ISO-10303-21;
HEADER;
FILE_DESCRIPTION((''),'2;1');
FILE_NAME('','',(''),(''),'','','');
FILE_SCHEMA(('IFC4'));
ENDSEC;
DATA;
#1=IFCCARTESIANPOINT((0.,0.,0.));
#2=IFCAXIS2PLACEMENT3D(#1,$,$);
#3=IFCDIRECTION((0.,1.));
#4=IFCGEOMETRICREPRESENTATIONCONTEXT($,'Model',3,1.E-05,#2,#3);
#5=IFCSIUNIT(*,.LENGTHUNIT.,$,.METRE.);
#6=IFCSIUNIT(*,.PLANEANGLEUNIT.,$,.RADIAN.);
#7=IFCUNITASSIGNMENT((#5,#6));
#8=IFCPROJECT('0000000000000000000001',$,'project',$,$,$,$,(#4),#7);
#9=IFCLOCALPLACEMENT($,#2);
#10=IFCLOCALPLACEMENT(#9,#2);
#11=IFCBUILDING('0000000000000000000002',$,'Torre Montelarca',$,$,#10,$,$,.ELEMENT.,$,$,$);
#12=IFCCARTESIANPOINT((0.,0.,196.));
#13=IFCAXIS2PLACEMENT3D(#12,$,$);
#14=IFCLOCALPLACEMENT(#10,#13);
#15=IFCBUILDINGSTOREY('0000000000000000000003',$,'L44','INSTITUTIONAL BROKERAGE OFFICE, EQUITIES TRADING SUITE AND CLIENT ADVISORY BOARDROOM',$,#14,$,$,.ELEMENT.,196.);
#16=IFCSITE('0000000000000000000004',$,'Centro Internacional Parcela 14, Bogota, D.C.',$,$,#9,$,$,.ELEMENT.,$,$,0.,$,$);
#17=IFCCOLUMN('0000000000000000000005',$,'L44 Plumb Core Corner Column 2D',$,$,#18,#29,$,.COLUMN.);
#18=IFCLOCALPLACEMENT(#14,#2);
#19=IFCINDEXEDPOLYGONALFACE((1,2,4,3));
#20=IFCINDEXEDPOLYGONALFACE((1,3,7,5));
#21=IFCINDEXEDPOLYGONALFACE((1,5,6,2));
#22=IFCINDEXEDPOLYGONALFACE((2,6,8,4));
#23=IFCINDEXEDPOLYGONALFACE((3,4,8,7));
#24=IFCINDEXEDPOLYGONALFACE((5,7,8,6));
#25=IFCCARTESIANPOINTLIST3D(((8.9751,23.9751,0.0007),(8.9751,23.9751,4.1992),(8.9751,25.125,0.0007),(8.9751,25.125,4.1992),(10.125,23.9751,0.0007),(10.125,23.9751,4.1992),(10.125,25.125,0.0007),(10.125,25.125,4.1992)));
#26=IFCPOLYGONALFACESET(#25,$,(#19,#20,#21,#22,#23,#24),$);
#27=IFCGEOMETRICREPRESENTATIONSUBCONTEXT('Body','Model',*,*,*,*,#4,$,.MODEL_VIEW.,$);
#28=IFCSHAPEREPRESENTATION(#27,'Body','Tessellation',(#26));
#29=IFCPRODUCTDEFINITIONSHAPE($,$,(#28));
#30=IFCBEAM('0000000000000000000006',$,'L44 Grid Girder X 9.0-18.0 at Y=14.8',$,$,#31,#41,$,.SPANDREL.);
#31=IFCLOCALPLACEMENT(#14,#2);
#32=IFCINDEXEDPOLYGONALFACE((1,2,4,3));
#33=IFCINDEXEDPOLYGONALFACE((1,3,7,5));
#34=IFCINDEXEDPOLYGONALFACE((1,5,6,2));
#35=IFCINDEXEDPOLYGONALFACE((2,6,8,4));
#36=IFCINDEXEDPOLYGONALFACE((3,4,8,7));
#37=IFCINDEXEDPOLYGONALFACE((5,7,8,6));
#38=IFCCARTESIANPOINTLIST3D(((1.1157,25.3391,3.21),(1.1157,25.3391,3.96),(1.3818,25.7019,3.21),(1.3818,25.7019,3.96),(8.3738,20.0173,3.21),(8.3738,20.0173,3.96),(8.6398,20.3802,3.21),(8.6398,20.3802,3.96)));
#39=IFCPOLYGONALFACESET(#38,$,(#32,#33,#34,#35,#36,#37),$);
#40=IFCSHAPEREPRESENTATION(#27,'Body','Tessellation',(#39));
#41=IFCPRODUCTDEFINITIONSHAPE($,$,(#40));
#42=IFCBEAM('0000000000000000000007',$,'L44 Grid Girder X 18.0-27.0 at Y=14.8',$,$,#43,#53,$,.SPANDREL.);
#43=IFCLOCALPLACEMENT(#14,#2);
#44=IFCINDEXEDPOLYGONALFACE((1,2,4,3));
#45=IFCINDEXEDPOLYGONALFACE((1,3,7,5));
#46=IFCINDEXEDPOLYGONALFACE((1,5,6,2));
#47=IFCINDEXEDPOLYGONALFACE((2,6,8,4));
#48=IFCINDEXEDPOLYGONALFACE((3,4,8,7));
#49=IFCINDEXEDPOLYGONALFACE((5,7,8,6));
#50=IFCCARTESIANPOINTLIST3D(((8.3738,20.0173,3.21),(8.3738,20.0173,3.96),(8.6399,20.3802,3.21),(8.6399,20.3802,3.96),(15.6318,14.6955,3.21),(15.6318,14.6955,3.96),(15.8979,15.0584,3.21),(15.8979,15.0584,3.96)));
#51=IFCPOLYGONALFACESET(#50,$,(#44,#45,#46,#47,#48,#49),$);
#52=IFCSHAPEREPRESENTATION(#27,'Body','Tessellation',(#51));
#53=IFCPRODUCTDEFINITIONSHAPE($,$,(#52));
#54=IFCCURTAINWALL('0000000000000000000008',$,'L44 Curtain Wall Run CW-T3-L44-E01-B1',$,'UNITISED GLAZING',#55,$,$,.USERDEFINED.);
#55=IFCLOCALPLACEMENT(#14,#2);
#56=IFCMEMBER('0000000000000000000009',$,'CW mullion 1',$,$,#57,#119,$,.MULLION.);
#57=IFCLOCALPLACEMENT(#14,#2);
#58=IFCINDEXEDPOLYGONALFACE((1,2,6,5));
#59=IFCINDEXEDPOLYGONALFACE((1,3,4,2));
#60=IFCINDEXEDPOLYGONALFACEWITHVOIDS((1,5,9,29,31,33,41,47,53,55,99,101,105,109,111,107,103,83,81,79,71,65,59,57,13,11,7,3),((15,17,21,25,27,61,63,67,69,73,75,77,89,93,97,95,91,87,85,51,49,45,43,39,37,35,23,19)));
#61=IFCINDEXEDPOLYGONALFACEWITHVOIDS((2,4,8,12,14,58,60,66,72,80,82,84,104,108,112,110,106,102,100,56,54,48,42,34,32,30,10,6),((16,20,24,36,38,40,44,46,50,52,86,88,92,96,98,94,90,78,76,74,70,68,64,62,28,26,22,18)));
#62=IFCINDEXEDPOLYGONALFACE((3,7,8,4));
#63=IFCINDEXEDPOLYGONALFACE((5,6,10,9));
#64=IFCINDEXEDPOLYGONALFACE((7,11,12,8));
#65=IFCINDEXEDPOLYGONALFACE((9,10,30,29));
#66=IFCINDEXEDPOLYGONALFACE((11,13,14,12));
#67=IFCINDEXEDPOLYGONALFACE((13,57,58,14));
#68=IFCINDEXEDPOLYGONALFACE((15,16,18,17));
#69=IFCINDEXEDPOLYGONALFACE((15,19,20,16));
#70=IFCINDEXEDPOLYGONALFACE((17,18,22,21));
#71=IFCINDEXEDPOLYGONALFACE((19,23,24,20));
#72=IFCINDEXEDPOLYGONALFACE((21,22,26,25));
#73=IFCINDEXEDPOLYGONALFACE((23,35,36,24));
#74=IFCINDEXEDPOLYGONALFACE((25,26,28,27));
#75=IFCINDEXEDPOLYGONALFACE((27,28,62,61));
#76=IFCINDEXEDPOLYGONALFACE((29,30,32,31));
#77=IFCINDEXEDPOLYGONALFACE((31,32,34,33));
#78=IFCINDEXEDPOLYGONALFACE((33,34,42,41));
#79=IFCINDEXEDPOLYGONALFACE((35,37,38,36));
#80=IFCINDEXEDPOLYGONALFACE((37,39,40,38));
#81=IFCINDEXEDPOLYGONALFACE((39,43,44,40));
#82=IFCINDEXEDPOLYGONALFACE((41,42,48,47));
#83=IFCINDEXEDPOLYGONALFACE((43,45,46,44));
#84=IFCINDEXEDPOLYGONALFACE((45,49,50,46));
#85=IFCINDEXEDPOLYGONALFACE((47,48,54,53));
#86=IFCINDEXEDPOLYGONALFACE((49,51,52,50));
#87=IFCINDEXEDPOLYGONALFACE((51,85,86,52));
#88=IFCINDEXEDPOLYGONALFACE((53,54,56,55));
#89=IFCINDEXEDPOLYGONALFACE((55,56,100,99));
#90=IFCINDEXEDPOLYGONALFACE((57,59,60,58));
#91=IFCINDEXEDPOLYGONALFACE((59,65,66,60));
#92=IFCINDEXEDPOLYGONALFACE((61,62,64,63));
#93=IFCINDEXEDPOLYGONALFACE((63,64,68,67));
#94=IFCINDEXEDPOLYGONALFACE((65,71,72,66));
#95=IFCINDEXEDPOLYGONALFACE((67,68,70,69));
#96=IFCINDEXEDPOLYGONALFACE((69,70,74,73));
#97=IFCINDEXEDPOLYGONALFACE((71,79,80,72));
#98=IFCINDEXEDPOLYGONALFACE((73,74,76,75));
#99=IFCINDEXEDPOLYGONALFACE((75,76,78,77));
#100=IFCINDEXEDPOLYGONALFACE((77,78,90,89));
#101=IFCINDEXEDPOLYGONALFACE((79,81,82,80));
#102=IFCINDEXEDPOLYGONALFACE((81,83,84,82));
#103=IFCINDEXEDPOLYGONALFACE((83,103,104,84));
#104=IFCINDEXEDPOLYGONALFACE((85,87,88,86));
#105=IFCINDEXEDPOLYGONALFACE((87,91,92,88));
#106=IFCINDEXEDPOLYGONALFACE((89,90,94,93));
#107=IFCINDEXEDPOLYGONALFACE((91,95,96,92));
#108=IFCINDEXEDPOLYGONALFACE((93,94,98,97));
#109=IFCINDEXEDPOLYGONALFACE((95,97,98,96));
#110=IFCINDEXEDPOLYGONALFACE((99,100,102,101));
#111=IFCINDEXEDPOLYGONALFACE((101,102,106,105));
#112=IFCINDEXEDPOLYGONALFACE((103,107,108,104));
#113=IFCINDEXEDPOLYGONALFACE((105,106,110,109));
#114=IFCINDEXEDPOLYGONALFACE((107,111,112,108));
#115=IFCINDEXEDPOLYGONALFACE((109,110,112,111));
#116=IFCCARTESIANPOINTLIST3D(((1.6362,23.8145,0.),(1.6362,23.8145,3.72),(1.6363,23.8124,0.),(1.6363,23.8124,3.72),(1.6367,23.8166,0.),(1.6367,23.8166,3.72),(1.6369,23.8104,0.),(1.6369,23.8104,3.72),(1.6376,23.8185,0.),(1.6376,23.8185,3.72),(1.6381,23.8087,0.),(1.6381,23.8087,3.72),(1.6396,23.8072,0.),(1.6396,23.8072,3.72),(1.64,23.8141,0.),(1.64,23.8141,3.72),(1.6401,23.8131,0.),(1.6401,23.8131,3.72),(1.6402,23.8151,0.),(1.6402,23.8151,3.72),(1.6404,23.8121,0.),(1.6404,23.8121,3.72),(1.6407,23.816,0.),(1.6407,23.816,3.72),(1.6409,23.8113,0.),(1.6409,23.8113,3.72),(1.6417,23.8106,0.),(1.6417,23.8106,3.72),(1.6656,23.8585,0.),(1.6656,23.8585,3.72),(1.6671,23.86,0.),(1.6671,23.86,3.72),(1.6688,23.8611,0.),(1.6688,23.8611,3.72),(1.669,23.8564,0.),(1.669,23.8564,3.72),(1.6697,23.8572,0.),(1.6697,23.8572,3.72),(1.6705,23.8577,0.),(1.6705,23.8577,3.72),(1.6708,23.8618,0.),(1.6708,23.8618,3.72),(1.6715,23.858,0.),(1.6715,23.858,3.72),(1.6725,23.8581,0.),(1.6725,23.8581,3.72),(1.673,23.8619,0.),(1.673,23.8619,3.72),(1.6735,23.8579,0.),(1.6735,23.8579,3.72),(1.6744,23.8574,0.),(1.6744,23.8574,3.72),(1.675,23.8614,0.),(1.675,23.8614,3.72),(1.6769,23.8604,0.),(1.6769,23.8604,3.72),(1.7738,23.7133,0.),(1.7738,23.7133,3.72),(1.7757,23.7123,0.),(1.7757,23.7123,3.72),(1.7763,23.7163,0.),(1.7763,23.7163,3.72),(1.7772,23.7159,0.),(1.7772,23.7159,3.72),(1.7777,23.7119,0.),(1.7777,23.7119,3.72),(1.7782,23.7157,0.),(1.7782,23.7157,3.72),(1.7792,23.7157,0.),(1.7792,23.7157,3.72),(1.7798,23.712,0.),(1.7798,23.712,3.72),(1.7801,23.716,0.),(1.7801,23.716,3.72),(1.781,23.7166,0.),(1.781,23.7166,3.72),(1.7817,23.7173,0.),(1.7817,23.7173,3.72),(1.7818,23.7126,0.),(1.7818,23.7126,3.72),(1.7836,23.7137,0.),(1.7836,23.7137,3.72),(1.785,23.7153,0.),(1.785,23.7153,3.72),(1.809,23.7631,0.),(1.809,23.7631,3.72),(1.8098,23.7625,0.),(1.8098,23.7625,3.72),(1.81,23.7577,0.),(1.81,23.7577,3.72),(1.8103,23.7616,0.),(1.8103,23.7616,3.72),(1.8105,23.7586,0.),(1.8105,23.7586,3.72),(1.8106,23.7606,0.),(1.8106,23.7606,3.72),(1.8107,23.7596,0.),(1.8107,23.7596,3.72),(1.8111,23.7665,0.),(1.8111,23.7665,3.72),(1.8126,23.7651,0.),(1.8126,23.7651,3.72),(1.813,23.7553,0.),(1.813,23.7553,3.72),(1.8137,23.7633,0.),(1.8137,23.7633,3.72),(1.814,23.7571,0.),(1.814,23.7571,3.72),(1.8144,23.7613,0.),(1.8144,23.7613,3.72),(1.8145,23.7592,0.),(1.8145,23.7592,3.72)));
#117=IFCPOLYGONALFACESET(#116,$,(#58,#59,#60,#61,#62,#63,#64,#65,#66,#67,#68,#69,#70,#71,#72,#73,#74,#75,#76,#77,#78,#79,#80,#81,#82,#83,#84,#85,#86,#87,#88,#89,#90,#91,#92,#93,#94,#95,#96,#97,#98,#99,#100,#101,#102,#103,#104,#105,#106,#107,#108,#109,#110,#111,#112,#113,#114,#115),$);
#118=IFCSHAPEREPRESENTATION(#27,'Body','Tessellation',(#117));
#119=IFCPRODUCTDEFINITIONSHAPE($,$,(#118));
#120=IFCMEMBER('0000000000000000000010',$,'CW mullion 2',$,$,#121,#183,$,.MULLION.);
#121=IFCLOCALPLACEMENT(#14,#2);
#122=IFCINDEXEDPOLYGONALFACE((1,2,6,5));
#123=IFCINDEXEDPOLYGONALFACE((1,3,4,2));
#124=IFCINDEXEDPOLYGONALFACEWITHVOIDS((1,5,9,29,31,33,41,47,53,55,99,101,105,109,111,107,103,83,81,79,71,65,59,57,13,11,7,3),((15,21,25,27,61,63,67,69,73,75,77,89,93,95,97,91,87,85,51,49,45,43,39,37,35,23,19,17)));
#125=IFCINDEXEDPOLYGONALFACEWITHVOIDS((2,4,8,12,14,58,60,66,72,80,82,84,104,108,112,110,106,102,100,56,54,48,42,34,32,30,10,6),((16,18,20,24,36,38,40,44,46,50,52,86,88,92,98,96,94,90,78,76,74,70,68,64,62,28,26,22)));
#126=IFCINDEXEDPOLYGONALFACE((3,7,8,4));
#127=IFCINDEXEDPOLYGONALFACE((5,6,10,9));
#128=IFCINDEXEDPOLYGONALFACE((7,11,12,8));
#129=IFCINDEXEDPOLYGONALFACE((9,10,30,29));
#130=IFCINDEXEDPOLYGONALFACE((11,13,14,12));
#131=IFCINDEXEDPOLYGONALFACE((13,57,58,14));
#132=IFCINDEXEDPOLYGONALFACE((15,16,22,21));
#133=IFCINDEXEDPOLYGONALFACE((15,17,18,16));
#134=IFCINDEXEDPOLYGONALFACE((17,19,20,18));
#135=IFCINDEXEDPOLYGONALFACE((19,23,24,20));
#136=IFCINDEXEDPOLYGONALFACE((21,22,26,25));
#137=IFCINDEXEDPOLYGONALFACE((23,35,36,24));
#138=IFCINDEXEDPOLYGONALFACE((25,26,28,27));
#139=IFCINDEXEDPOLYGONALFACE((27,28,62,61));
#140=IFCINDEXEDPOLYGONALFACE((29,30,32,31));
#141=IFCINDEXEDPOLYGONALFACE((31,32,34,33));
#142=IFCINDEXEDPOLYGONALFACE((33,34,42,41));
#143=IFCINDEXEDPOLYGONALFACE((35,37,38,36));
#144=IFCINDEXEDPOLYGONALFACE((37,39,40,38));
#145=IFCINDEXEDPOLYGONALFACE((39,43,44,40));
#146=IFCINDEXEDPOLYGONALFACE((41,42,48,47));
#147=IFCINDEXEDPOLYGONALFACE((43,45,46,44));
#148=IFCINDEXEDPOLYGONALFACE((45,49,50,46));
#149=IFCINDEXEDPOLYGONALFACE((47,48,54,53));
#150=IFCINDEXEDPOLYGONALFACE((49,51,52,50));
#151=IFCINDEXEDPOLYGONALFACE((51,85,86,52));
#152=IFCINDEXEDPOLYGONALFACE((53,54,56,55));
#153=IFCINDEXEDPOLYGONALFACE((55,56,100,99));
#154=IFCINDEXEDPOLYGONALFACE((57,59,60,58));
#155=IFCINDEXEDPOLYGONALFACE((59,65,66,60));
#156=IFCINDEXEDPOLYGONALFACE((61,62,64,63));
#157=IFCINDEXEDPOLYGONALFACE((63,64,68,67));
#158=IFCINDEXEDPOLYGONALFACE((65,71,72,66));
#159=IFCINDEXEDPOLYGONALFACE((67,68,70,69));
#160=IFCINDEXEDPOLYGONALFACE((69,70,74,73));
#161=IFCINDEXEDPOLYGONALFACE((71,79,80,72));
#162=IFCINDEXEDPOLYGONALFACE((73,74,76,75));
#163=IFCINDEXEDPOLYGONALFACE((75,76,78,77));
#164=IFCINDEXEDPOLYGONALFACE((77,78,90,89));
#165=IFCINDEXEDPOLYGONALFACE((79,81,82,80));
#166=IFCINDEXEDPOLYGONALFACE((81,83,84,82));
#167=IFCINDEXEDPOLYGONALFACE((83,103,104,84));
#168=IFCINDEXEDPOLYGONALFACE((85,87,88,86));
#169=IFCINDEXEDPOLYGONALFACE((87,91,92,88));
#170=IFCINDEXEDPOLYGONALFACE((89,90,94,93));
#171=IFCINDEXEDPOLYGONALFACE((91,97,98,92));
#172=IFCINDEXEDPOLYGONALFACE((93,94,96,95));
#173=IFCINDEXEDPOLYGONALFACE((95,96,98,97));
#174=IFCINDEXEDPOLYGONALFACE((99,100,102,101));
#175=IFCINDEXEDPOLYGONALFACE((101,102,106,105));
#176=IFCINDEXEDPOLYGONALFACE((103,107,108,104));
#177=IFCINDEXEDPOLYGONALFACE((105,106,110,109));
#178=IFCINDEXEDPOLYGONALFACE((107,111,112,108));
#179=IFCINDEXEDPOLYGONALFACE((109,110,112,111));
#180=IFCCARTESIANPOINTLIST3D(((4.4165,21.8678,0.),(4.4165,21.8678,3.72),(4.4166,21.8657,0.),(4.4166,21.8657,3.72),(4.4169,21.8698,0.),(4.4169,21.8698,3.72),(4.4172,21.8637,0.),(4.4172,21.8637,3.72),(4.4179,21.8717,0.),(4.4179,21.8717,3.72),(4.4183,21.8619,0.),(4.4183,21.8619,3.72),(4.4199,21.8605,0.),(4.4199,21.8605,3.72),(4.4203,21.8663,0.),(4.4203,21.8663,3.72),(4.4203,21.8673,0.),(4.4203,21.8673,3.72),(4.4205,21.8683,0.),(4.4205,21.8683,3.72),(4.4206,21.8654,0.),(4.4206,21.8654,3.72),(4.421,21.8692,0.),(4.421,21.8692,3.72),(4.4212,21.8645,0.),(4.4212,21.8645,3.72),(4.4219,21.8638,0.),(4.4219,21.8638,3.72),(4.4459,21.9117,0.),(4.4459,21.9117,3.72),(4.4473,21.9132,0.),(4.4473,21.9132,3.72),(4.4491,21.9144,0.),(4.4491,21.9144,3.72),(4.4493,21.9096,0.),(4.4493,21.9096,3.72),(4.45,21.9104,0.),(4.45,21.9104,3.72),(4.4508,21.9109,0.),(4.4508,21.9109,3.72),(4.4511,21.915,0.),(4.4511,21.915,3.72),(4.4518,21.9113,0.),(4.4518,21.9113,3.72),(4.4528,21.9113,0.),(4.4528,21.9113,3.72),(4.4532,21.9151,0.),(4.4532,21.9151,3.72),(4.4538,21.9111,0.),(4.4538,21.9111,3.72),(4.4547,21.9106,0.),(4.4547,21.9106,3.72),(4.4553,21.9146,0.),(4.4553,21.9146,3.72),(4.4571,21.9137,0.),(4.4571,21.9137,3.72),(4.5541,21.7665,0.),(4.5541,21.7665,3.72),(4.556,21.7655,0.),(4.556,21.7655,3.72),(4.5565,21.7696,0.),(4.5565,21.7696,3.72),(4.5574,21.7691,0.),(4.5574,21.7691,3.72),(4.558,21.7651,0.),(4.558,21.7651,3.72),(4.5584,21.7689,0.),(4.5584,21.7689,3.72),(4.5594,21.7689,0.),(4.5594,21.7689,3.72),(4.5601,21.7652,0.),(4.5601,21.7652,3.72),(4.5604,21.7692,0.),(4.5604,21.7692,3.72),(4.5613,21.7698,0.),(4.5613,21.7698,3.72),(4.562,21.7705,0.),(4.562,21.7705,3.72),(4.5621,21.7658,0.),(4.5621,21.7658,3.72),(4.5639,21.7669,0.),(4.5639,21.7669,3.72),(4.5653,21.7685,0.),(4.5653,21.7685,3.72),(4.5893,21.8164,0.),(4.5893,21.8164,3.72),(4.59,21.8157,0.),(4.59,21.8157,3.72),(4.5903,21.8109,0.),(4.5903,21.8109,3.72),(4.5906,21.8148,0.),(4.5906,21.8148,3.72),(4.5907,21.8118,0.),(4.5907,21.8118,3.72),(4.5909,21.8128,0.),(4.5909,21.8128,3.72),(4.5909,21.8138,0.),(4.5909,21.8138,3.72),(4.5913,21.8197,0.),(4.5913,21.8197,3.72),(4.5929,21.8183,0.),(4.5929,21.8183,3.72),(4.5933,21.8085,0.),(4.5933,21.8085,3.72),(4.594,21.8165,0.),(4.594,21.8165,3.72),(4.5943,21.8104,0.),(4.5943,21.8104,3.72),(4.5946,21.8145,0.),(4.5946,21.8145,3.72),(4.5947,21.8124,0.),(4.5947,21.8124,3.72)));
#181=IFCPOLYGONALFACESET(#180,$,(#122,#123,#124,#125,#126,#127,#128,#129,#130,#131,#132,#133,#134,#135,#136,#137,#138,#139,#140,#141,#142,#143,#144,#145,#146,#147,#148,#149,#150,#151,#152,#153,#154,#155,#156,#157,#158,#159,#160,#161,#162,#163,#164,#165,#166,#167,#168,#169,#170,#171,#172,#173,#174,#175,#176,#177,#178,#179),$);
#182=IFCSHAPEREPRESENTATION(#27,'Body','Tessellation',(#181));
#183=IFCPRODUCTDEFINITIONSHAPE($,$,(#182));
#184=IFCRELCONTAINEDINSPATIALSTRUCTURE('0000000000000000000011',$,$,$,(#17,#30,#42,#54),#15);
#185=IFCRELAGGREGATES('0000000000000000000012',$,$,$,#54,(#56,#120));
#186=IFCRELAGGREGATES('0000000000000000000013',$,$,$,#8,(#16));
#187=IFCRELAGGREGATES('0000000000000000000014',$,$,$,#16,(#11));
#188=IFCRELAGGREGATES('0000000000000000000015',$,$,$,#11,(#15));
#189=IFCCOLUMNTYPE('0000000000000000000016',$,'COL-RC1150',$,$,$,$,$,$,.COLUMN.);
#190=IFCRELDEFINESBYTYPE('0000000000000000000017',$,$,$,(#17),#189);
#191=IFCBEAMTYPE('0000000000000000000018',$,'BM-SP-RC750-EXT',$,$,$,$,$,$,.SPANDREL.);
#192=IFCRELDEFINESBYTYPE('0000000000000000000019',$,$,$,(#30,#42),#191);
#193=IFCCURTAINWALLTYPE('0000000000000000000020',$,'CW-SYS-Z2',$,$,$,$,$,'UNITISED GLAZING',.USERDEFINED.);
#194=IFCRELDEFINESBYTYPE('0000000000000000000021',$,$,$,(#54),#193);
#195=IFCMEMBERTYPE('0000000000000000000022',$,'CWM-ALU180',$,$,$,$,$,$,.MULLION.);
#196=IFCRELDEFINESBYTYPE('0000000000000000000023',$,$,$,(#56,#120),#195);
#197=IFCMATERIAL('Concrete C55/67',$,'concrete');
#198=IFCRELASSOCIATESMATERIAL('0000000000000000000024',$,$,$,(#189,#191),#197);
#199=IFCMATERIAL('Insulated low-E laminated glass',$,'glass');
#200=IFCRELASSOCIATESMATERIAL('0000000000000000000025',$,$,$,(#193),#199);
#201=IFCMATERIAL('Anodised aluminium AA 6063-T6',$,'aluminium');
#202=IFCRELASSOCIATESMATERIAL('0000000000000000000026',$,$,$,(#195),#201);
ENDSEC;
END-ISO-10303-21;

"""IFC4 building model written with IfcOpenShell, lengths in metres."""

from ifc_helpers import new_model, si_unit, direction, frame, origin, origin_2d, place, context, subcontext, project, spatial, rectangle, hollow_rectangle, extrude, source, transform, mapped, material, material_profile, profile_set, type_object, element, aggregate, save


model = new_model("IFC4")

# Units and contexts
model_context = context("Model", 3, precision=1e-05, world=origin(), true_north=direction((0.0, 1.0)))
body_context = subcontext(model_context, "Body", "Model", "MODEL_VIEW")
ifc_project = project(units=[si_unit("LENGTHUNIT", "METRE"), si_unit("PLANEANGLEUNIT", "RADIAN")], contexts=[model_context])

# Site, building, storey
site_placement = place(None, origin())
site = spatial("IfcSite", under=ifc_project, at=site_placement, Name="Centro Internacional Parcela 14, Bogota, D.C.", CompositionType="ELEMENT", RefElevation=0.0)
building_placement = place(site_placement, origin())
building = spatial("IfcBuilding", under=site, at=building_placement, Name="Torre Montelarca", CompositionType="ELEMENT")
storey_placement = place(building_placement, frame((0.0, 0.0, 196.0)))
storey = spatial("IfcBuildingStorey", under=building, at=storey_placement, Name="L44", Description="INSTITUTIONAL BROKERAGE OFFICE, EQUITIES TRADING SUITE AND CLIENT ADVISORY BOARDROOM", CompositionType="ELEMENT", Elevation=196.0)

# Column
ifc_material_1 = material(Name="Concrete C55/67", Category="concrete")
ifc_material_profile_1 = material_profile(ifc_material_1, rectangle(XDim=1.1499, YDim=1.1499, at=origin_2d()), Name="RC1150X1150", Category="concrete")
ifc_profile_set_1 = profile_set([ifc_material_profile_1], Name="Concrete C55/67")
column_type_1 = type_object("IfcColumnType", Name="COL-RC1150", PredefinedType="COLUMN", material=ifc_profile_set_1)
shared_shape_1 = source(origin(), body_context, "Body", "SweptSolid", [
    extrude(rectangle(XDim=1.1499, YDim=1.1499, at=origin_2d()), origin(), (0.0, 0.0, 1.0), 4.1985),
])
column_1_placement = place(storey_placement, frame((9.55, 24.55, 0.0007), z_axis=(0.0, 0.0, 1.0), x_axis=(1.0, 0.0, 0.0)))
element("IfcColumn", 1, at=column_1_placement, inside=storey, type_object=column_type_1, Name="L44 Plumb Core Corner Column 2D", PredefinedType="COLUMN", context=body_context, shape_type="MappedRepresentation", body=[
    mapped(shared_shape_1, transform((0.0, 0.0, 0.0), scale=1.0)),
])

# Beams
ifc_material_profile_2 = material_profile(ifc_material_1, rectangle(XDim=0.45, YDim=0.75, at=origin_2d()), Name="RCB450X750", Category="concrete")
ifc_profile_set_2 = profile_set([ifc_material_profile_2], Name="Concrete C55/67")
beam_type = type_object("IfcBeamType", Name="BM-SP-RC750-EXT", PredefinedType="SPANDREL", material=ifc_profile_set_2)
shared_shape_2 = source(origin(), body_context, "Body", "SweptSolid", [
    extrude(rectangle(XDim=0.45, YDim=0.75, at=origin_2d()), origin(), (0.0, 0.0, 1.0), 9.0),
])
for number, where, z_axis, x_axis, name in (
    (2, (1.2488, 25.5205, 3.585), (0.806447, -0.591306, 0.0), (0.591306, 0.806447, 0.0), "L44 Grid Girder X 9.0-18.0 at Y=14.8"),
    (3, (8.5068, 20.1987, 3.585), (0.806447, -0.591306, 0.0), (0.591306, 0.806447, 0.0), "L44 Grid Girder X 18.0-27.0 at Y=14.8"),
):
    element("IfcBeam", number, at=place(storey_placement, frame(where, z_axis=z_axis, x_axis=x_axis)), inside=storey, type_object=beam_type, Name=name, PredefinedType="SPANDREL", context=body_context, shape_type="MappedRepresentation", body=[
        mapped(shared_shape_2, transform((0.0, 0.0, 0.0), scale=1.0)),
    ])

# Curtain wall, members
ifc_material_2 = material(Name="Insulated low-E laminated glass", Category="glass")
curtain_wall_type = type_object("IfcCurtainWallType", Name="CW-SYS-Z2", ElementType="UNITISED GLAZING", PredefinedType="USERDEFINED", material=ifc_material_2)
curtain_wall_1_placement = place(storey_placement, origin())
curtain_wall_1 = element("IfcCurtainWall", 4, at=curtain_wall_1_placement, inside=storey, type_object=curtain_wall_type, Name="L44 Curtain Wall Run CW-T3-L44-E01-B1", ObjectType="UNITISED GLAZING", PredefinedType="USERDEFINED")
ifc_material_3 = material(Name="Anodised aluminium AA 6063-T6", Category="aluminium")
ifc_material_profile_3 = material_profile(ifc_material_3, hollow_rectangle(XDim=0.0649, YDim=0.1799, WallThickness=0.0039, InnerFilletRadius=0.0039, OuterFilletRadius=0.0081, at=origin_2d()), Name="ALU65X180X4", Category="aluminium")
ifc_profile_set_3 = profile_set([ifc_material_profile_3], Name="Anodised aluminium AA 6063-T6")
member_type_1 = type_object("IfcMemberType", Name="CWM-ALU180", PredefinedType="MULLION", material=ifc_profile_set_3)
shared_shape_3 = source(origin(), body_context, "Body", "SweptSolid", [
    extrude(hollow_rectangle(XDim=0.0649, YDim=0.1799, WallThickness=0.0039, InnerFilletRadius=0.0039, OuterFilletRadius=0.0081, at=origin_2d()), origin(), (0.0, 0.0, 1.0), 3.72),
])
member_1_placement = place(storey_placement, frame((1.7253, 23.7869, 0.0), z_axis=(0.0, 0.0, 1.0), x_axis=(0.573568, 0.819158, 0.0)))
member_1 = element("IfcMember", 5, at=member_1_placement, type_object=member_type_1, Name="CW mullion 1", PredefinedType="MULLION", context=body_context, shape_type="MappedRepresentation", body=[
    mapped(shared_shape_3, transform((0.0, 0.0, 0.0), scale=1.0)),
])
member_2_placement = place(storey_placement, frame((4.5056, 21.8401, 0.0), z_axis=(0.0, 0.0, 1.0), x_axis=(0.573568, 0.819158, 0.0)))
member_2 = element("IfcMember", 6, at=member_2_placement, type_object=member_type_1, Name="CW mullion 2", PredefinedType="MULLION", context=body_context, shape_type="MappedRepresentation", body=[
    mapped(shared_shape_3, transform((0.0, 0.0, 0.0), scale=1.0)),
])

aggregate(curtain_wall_1, [member_1, member_2])

save(model, "model.ifc")
